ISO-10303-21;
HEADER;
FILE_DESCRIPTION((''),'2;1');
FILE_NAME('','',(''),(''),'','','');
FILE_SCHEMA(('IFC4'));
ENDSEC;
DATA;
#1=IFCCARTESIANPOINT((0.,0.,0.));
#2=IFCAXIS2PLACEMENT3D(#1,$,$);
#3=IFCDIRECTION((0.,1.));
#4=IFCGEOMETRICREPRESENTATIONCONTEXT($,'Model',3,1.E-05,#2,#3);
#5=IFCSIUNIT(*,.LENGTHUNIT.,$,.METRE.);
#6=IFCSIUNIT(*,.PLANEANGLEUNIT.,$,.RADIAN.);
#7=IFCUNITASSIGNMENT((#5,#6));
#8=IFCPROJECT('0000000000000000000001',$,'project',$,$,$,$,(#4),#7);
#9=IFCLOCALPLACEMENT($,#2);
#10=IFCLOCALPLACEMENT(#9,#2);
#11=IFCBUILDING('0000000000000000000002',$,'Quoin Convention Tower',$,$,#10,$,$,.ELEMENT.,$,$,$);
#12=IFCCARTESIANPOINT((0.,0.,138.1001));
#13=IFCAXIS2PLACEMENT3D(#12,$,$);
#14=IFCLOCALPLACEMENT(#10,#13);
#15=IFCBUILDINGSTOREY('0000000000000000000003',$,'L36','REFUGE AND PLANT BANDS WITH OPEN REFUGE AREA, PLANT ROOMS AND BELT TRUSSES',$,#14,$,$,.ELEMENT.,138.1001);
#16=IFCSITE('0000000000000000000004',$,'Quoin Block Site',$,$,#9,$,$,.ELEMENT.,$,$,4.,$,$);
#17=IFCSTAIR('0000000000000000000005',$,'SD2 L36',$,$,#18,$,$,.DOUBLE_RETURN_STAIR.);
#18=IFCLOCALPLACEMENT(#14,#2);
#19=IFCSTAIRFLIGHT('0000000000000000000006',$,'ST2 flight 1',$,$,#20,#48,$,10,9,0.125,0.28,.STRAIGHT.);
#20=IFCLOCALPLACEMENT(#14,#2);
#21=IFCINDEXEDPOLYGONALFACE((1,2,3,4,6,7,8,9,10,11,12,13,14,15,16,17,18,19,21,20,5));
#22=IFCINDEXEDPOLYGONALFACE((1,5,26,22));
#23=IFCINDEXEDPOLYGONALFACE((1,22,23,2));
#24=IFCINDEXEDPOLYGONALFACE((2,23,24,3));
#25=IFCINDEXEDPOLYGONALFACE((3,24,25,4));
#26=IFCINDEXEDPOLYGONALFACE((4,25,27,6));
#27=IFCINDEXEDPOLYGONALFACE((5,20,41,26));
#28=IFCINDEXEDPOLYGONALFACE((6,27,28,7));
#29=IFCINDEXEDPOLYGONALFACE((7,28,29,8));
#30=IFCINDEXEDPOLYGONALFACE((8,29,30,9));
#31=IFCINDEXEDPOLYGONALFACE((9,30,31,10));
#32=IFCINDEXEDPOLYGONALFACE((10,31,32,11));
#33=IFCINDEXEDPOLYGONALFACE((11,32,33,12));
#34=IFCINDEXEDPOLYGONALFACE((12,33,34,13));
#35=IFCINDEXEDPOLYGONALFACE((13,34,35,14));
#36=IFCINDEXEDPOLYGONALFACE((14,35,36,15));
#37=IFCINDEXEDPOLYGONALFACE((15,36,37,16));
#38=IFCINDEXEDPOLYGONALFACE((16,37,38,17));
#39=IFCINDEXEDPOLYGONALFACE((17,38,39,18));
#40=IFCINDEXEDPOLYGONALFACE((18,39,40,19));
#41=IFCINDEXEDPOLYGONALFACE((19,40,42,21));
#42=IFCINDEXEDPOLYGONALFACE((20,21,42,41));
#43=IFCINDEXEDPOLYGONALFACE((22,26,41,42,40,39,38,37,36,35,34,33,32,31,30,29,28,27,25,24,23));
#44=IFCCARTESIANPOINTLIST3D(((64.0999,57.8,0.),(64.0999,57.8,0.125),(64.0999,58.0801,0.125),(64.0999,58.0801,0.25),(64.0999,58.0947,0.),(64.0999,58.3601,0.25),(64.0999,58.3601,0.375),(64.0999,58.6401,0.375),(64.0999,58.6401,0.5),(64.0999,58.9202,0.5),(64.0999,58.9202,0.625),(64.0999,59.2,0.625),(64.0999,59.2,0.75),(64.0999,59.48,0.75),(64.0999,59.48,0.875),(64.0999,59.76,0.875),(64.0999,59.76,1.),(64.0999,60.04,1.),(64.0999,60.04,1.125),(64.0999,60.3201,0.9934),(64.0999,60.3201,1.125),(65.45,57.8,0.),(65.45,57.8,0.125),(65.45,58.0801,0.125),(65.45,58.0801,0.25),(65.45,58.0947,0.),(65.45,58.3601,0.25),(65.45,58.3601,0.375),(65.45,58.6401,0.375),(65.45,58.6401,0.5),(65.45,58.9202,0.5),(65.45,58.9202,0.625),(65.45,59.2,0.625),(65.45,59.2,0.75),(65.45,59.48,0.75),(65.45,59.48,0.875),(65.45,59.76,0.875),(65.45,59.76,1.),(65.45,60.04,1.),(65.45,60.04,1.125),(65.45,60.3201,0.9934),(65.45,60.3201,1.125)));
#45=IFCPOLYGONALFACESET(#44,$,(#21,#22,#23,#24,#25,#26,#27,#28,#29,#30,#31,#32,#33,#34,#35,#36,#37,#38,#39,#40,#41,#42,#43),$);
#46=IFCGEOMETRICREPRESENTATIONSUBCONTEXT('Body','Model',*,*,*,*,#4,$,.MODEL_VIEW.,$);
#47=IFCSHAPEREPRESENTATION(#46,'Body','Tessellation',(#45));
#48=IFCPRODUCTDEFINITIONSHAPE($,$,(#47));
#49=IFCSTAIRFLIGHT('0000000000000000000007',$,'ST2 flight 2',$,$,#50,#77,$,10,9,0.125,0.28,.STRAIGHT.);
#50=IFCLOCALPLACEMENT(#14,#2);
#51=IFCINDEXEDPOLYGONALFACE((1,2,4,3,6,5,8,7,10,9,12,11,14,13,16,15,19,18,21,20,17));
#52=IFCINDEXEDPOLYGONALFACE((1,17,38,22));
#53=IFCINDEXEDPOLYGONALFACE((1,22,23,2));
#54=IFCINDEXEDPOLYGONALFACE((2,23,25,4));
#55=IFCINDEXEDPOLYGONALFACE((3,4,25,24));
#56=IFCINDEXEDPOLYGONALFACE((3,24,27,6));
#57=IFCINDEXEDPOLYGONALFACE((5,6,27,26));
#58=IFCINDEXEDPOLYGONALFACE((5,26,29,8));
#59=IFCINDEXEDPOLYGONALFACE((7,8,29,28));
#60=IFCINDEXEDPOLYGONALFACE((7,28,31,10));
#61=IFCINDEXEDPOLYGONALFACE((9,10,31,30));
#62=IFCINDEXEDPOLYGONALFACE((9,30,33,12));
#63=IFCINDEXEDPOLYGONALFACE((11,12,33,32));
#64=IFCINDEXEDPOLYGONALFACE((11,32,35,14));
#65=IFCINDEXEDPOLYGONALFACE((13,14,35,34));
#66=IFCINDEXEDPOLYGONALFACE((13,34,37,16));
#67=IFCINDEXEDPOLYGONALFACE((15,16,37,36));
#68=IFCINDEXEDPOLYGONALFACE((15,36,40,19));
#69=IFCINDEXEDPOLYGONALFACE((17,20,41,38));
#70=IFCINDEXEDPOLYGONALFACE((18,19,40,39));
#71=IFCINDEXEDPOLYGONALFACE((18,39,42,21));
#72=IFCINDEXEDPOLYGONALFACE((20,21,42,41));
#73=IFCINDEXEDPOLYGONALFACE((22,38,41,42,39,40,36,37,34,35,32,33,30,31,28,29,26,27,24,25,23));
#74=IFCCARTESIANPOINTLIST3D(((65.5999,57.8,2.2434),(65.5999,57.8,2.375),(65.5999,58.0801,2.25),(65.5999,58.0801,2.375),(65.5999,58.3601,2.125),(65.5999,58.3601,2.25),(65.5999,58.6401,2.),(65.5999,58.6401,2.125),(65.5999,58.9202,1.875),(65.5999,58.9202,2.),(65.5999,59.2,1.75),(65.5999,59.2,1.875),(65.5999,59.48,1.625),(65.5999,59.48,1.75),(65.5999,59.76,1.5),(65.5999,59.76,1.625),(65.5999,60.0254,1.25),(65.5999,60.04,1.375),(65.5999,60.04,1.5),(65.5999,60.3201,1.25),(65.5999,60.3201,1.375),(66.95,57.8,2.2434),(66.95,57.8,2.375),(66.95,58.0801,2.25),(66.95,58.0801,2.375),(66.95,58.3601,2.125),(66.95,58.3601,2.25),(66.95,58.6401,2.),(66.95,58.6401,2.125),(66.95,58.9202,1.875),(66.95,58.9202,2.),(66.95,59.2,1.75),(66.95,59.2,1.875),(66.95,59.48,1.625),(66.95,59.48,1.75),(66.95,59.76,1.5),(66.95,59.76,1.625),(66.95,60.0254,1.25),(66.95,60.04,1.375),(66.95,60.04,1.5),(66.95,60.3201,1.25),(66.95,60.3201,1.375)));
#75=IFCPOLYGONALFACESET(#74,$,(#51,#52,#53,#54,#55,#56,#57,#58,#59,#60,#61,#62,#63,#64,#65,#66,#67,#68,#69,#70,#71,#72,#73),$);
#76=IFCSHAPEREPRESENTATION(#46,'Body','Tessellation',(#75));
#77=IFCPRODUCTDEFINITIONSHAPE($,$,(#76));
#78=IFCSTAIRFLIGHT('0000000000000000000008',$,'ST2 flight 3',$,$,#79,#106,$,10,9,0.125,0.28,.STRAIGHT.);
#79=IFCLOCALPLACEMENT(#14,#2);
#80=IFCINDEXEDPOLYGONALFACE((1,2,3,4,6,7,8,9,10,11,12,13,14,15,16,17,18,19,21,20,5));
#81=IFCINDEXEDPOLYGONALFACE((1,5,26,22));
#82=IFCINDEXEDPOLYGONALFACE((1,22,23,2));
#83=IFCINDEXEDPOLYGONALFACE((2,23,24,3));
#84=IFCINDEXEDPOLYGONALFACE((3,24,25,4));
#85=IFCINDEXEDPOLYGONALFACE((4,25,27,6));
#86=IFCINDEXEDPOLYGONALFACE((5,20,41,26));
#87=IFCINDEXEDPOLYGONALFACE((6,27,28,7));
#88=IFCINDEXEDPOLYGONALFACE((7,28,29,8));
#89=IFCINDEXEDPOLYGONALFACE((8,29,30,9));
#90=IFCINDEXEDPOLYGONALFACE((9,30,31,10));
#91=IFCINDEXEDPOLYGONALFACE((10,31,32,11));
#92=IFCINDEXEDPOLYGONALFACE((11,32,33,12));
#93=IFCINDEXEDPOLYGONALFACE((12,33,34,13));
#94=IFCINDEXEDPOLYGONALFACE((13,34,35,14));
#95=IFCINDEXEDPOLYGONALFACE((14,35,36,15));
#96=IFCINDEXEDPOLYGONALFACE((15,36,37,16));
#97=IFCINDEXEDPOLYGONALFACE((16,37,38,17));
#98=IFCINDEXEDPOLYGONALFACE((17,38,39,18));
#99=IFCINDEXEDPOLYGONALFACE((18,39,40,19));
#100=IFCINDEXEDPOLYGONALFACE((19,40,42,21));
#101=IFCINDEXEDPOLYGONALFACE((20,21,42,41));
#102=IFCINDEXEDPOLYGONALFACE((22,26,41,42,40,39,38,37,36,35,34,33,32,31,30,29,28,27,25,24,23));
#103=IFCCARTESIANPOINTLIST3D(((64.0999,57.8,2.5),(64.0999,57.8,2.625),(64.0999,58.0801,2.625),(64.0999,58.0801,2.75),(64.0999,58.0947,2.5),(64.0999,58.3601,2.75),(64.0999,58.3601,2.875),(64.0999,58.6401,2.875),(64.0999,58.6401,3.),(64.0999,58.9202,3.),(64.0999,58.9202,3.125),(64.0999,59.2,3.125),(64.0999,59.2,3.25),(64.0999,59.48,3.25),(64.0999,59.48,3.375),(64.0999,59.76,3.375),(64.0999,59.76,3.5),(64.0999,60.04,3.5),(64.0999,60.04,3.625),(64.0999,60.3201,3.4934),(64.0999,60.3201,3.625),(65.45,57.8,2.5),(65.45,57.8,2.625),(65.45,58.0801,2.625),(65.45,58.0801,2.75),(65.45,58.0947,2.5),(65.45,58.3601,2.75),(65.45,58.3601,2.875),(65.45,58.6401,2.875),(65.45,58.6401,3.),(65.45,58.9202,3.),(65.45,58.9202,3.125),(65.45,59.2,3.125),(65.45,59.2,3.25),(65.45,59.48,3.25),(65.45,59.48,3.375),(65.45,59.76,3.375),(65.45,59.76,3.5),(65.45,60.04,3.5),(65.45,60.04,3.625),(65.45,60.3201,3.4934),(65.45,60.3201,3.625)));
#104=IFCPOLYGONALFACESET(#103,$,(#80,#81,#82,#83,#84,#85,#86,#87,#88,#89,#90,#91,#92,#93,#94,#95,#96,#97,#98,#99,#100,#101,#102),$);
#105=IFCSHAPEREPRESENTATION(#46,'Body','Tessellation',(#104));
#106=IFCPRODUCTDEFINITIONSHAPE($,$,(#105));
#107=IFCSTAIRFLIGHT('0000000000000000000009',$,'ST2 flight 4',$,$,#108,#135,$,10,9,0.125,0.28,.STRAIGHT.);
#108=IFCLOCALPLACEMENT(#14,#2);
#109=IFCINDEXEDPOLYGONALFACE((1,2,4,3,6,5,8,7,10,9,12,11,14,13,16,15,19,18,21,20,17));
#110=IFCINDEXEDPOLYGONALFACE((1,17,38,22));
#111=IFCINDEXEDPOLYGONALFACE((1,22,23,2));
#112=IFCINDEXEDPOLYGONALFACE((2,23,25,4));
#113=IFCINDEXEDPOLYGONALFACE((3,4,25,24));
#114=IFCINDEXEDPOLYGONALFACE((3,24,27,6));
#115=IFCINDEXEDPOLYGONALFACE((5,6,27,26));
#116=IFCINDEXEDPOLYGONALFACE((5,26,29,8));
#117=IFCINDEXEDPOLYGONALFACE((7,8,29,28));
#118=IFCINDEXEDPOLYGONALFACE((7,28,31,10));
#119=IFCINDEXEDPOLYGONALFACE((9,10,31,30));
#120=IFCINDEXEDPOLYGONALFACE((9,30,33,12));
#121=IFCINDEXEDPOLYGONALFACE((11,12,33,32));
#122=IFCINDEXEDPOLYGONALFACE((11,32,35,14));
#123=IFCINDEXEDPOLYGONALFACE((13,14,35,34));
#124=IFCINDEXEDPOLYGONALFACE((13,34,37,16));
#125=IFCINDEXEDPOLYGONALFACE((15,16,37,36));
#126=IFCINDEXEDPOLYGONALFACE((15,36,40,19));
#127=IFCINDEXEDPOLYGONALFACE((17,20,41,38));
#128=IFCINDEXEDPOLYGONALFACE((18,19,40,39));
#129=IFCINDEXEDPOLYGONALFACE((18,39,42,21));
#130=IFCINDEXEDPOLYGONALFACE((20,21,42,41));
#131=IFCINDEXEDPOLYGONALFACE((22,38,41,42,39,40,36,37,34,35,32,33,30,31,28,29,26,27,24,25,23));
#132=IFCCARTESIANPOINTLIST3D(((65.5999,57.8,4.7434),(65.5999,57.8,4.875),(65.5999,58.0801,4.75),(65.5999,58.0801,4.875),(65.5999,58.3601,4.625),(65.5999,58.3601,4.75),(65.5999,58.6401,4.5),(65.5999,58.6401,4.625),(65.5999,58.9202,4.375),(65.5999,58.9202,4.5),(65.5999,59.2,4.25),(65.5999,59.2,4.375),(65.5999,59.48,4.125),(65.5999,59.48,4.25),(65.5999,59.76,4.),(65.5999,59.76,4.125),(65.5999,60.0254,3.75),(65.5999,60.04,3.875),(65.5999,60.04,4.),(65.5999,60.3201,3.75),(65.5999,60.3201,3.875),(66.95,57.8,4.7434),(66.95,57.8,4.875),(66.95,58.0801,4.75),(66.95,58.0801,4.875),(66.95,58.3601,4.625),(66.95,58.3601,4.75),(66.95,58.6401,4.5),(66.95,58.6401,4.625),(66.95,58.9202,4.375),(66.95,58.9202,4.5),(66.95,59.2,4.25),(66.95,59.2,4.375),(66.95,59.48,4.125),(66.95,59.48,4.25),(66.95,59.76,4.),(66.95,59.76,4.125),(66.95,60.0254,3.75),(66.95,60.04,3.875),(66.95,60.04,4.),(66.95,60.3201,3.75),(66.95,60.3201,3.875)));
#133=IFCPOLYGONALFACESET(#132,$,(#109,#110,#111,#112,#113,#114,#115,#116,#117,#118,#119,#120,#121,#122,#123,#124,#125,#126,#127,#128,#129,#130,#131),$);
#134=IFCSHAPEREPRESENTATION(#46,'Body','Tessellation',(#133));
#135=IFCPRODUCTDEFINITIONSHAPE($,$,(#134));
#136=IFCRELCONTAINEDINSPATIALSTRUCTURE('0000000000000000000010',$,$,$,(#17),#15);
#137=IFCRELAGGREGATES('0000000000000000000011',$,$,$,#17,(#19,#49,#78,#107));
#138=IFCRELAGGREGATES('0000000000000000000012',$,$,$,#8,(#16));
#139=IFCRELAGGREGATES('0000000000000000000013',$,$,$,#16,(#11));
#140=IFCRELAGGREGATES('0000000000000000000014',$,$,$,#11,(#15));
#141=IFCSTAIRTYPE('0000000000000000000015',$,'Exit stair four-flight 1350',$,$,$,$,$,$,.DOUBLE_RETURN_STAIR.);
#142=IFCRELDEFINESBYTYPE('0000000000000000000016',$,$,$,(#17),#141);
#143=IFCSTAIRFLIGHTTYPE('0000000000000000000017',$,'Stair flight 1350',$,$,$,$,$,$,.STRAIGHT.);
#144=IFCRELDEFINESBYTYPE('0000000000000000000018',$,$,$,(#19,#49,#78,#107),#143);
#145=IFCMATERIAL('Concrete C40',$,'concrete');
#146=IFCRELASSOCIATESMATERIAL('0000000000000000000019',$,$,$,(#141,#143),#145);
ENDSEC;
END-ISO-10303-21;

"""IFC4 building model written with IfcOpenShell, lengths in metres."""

from ifc_helpers import new_model, si_unit, direction, frame, origin, place, context, subcontext, project, spatial, polyline, outline, extrude, material, type_object, element, aggregate, save


model = new_model("IFC4")

# Units and contexts
model_context = context("Model", 3, precision=1e-05, world=origin(), true_north=direction((0.0, 1.0)))
body_context = subcontext(model_context, "Body", "Model", "MODEL_VIEW")
ifc_project = project(units=[si_unit("LENGTHUNIT", "METRE"), si_unit("PLANEANGLEUNIT", "RADIAN")], contexts=[model_context])

# Site, building, storey
site_placement = place(None, origin())
site = spatial("IfcSite", under=ifc_project, at=site_placement, Name="Quoin Block Site", CompositionType="ELEMENT", RefElevation=4.0)
building_placement = place(site_placement, origin())
building = spatial("IfcBuilding", under=site, at=building_placement, Name="Quoin Convention Tower", CompositionType="ELEMENT")
storey_placement = place(building_placement, frame((0.0, 0.0, 138.1001)))
storey = spatial("IfcBuildingStorey", under=building, at=storey_placement, Name="L36", Description="REFUGE AND PLANT BANDS WITH OPEN REFUGE AREA, PLANT ROOMS AND BELT TRUSSES", CompositionType="ELEMENT", Elevation=138.1001)

# Stair, stair flights
ifc_material_1 = material(Name="Concrete C40", Category="concrete")
stair_type = type_object("IfcStairType", Name="Exit stair four-flight 1350", PredefinedType="DOUBLE_RETURN_STAIR", material=ifc_material_1)
stair_placement = place(storey_placement, origin())
stair = element("IfcStair", 1, at=stair_placement, inside=storey, type_object=stair_type, Name="SD2 L36", PredefinedType="DOUBLE_RETURN_STAIR")
stair_flight_type = type_object("IfcStairFlightType", Name="Stair flight 1350", PredefinedType="STRAIGHT", material=ifc_material_1)
stair_flight_1_placement = place(storey_placement, frame((64.7749, 57.8, 0.0), z_axis=(0.0, 0.0, 1.0), x_axis=(0.0, 1.0, 0.0)))
stair_flight_1 = element("IfcStairFlight", 2, at=stair_flight_1_placement, type_object=stair_flight_type, Name="ST2 flight 1", NumberOfRisers=10, NumberOfTreads=9, PredefinedType="STRAIGHT", RiserHeight=0.125, TreadLength=0.28, context=body_context, shape_type="SweptSolid", body=[
    extrude(outline(polyline([(0.0, 0.0), (0.0, 0.125), (0.28, 0.125), (0.28, 0.25), (0.5601, 0.25), (0.5601, 0.375), (0.8401, 0.375), (0.8401, 0.5), (1.1201, 0.5), (1.1201, 0.625), (1.3999, 0.625), (1.3999, 0.75), (1.6799, 0.75), (1.6799, 0.875), (1.96, 0.875), (1.96, 1.0), (2.24, 1.0), (2.24, 1.125), (2.52, 1.125), (2.52, 1.25), (2.52, 0.9934), (0.2947, 0.0), (0.0, 0.0)])), frame((0.0, 0.675, 0.0), z_axis=(0.0, -1.0, 0.0), x_axis=(1.0, 0.0, 0.0)), (0.0, 0.0, 1.0), 1.3501),
])
stair_flight_2_placement = place(storey_placement, frame((66.2749, 60.3201, 1.25), z_axis=(0.0, 0.0, 1.0), x_axis=(0.0, -1.0, 0.0)))
stair_flight_2 = element("IfcStairFlight", 3, at=stair_flight_2_placement, type_object=stair_flight_type, Name="ST2 flight 2", NumberOfRisers=10, NumberOfTreads=9, PredefinedType="STRAIGHT", RiserHeight=0.125, TreadLength=0.28, context=body_context, shape_type="SweptSolid", body=[
    extrude(outline(polyline([(0.0, 0.0), (0.0, 0.125), (0.28, 0.125), (0.28, 0.25), (0.5601, 0.25), (0.5601, 0.375), (0.8401, 0.375), (0.8401, 0.5), (1.1201, 0.5), (1.1201, 0.625), (1.3999, 0.625), (1.3999, 0.75), (1.6799, 0.75), (1.6799, 0.875), (1.96, 0.875), (1.96, 1.0), (2.24, 1.0), (2.24, 1.125), (2.52, 1.125), (2.52, 1.25), (2.52, 0.9934), (0.2947, 0.0), (0.0, 0.0)])), frame((0.0, 0.675, 0.0), z_axis=(0.0, -1.0, 0.0), x_axis=(1.0, 0.0, 0.0)), (0.0, 0.0, 1.0), 1.3501),
])
stair_flight_3_placement = place(storey_placement, frame((64.7749, 57.8, 2.5), z_axis=(0.0, 0.0, 1.0), x_axis=(0.0, 1.0, 0.0)))
stair_flight_3 = element("IfcStairFlight", 4, at=stair_flight_3_placement, type_object=stair_flight_type, Name="ST2 flight 3", NumberOfRisers=10, NumberOfTreads=9, PredefinedType="STRAIGHT", RiserHeight=0.125, TreadLength=0.28, context=body_context, shape_type="SweptSolid", body=[
    extrude(outline(polyline([(0.0, 0.0), (0.0, 0.125), (0.28, 0.125), (0.28, 0.25), (0.5601, 0.25), (0.5601, 0.375), (0.8401, 0.375), (0.8401, 0.5), (1.1201, 0.5), (1.1201, 0.625), (1.3999, 0.625), (1.3999, 0.75), (1.6799, 0.75), (1.6799, 0.875), (1.96, 0.875), (1.96, 1.0), (2.24, 1.0), (2.24, 1.125), (2.52, 1.125), (2.52, 1.25), (2.52, 0.9934), (0.2947, 0.0), (0.0, 0.0)])), frame((0.0, 0.675, 0.0), z_axis=(0.0, -1.0, 0.0), x_axis=(1.0, 0.0, 0.0)), (0.0, 0.0, 1.0), 1.3501),
])
stair_flight_4_placement = place(storey_placement, frame((66.2749, 60.3201, 3.75), z_axis=(0.0, 0.0, 1.0), x_axis=(0.0, -1.0, 0.0)))
stair_flight_4 = element("IfcStairFlight", 5, at=stair_flight_4_placement, type_object=stair_flight_type, Name="ST2 flight 4", NumberOfRisers=10, NumberOfTreads=9, PredefinedType="STRAIGHT", RiserHeight=0.125, TreadLength=0.28, context=body_context, shape_type="SweptSolid", body=[
    extrude(outline(polyline([(0.0, 0.0), (0.0, 0.125), (0.28, 0.125), (0.28, 0.25), (0.5601, 0.25), (0.5601, 0.375), (0.8401, 0.375), (0.8401, 0.5), (1.1201, 0.5), (1.1201, 0.625), (1.3999, 0.625), (1.3999, 0.75), (1.6799, 0.75), (1.6799, 0.875), (1.96, 0.875), (1.96, 1.0), (2.24, 1.0), (2.24, 1.125), (2.52, 1.125), (2.52, 1.25), (2.52, 0.9934), (0.2947, 0.0), (0.0, 0.0)])), frame((0.0, 0.675, 0.0), z_axis=(0.0, -1.0, 0.0), x_axis=(1.0, 0.0, 0.0)), (0.0, 0.0, 1.0), 1.3501),
])
aggregate(stair, [stair_flight_1, stair_flight_2, stair_flight_3, stair_flight_4])

save(model, "model.ifc")
